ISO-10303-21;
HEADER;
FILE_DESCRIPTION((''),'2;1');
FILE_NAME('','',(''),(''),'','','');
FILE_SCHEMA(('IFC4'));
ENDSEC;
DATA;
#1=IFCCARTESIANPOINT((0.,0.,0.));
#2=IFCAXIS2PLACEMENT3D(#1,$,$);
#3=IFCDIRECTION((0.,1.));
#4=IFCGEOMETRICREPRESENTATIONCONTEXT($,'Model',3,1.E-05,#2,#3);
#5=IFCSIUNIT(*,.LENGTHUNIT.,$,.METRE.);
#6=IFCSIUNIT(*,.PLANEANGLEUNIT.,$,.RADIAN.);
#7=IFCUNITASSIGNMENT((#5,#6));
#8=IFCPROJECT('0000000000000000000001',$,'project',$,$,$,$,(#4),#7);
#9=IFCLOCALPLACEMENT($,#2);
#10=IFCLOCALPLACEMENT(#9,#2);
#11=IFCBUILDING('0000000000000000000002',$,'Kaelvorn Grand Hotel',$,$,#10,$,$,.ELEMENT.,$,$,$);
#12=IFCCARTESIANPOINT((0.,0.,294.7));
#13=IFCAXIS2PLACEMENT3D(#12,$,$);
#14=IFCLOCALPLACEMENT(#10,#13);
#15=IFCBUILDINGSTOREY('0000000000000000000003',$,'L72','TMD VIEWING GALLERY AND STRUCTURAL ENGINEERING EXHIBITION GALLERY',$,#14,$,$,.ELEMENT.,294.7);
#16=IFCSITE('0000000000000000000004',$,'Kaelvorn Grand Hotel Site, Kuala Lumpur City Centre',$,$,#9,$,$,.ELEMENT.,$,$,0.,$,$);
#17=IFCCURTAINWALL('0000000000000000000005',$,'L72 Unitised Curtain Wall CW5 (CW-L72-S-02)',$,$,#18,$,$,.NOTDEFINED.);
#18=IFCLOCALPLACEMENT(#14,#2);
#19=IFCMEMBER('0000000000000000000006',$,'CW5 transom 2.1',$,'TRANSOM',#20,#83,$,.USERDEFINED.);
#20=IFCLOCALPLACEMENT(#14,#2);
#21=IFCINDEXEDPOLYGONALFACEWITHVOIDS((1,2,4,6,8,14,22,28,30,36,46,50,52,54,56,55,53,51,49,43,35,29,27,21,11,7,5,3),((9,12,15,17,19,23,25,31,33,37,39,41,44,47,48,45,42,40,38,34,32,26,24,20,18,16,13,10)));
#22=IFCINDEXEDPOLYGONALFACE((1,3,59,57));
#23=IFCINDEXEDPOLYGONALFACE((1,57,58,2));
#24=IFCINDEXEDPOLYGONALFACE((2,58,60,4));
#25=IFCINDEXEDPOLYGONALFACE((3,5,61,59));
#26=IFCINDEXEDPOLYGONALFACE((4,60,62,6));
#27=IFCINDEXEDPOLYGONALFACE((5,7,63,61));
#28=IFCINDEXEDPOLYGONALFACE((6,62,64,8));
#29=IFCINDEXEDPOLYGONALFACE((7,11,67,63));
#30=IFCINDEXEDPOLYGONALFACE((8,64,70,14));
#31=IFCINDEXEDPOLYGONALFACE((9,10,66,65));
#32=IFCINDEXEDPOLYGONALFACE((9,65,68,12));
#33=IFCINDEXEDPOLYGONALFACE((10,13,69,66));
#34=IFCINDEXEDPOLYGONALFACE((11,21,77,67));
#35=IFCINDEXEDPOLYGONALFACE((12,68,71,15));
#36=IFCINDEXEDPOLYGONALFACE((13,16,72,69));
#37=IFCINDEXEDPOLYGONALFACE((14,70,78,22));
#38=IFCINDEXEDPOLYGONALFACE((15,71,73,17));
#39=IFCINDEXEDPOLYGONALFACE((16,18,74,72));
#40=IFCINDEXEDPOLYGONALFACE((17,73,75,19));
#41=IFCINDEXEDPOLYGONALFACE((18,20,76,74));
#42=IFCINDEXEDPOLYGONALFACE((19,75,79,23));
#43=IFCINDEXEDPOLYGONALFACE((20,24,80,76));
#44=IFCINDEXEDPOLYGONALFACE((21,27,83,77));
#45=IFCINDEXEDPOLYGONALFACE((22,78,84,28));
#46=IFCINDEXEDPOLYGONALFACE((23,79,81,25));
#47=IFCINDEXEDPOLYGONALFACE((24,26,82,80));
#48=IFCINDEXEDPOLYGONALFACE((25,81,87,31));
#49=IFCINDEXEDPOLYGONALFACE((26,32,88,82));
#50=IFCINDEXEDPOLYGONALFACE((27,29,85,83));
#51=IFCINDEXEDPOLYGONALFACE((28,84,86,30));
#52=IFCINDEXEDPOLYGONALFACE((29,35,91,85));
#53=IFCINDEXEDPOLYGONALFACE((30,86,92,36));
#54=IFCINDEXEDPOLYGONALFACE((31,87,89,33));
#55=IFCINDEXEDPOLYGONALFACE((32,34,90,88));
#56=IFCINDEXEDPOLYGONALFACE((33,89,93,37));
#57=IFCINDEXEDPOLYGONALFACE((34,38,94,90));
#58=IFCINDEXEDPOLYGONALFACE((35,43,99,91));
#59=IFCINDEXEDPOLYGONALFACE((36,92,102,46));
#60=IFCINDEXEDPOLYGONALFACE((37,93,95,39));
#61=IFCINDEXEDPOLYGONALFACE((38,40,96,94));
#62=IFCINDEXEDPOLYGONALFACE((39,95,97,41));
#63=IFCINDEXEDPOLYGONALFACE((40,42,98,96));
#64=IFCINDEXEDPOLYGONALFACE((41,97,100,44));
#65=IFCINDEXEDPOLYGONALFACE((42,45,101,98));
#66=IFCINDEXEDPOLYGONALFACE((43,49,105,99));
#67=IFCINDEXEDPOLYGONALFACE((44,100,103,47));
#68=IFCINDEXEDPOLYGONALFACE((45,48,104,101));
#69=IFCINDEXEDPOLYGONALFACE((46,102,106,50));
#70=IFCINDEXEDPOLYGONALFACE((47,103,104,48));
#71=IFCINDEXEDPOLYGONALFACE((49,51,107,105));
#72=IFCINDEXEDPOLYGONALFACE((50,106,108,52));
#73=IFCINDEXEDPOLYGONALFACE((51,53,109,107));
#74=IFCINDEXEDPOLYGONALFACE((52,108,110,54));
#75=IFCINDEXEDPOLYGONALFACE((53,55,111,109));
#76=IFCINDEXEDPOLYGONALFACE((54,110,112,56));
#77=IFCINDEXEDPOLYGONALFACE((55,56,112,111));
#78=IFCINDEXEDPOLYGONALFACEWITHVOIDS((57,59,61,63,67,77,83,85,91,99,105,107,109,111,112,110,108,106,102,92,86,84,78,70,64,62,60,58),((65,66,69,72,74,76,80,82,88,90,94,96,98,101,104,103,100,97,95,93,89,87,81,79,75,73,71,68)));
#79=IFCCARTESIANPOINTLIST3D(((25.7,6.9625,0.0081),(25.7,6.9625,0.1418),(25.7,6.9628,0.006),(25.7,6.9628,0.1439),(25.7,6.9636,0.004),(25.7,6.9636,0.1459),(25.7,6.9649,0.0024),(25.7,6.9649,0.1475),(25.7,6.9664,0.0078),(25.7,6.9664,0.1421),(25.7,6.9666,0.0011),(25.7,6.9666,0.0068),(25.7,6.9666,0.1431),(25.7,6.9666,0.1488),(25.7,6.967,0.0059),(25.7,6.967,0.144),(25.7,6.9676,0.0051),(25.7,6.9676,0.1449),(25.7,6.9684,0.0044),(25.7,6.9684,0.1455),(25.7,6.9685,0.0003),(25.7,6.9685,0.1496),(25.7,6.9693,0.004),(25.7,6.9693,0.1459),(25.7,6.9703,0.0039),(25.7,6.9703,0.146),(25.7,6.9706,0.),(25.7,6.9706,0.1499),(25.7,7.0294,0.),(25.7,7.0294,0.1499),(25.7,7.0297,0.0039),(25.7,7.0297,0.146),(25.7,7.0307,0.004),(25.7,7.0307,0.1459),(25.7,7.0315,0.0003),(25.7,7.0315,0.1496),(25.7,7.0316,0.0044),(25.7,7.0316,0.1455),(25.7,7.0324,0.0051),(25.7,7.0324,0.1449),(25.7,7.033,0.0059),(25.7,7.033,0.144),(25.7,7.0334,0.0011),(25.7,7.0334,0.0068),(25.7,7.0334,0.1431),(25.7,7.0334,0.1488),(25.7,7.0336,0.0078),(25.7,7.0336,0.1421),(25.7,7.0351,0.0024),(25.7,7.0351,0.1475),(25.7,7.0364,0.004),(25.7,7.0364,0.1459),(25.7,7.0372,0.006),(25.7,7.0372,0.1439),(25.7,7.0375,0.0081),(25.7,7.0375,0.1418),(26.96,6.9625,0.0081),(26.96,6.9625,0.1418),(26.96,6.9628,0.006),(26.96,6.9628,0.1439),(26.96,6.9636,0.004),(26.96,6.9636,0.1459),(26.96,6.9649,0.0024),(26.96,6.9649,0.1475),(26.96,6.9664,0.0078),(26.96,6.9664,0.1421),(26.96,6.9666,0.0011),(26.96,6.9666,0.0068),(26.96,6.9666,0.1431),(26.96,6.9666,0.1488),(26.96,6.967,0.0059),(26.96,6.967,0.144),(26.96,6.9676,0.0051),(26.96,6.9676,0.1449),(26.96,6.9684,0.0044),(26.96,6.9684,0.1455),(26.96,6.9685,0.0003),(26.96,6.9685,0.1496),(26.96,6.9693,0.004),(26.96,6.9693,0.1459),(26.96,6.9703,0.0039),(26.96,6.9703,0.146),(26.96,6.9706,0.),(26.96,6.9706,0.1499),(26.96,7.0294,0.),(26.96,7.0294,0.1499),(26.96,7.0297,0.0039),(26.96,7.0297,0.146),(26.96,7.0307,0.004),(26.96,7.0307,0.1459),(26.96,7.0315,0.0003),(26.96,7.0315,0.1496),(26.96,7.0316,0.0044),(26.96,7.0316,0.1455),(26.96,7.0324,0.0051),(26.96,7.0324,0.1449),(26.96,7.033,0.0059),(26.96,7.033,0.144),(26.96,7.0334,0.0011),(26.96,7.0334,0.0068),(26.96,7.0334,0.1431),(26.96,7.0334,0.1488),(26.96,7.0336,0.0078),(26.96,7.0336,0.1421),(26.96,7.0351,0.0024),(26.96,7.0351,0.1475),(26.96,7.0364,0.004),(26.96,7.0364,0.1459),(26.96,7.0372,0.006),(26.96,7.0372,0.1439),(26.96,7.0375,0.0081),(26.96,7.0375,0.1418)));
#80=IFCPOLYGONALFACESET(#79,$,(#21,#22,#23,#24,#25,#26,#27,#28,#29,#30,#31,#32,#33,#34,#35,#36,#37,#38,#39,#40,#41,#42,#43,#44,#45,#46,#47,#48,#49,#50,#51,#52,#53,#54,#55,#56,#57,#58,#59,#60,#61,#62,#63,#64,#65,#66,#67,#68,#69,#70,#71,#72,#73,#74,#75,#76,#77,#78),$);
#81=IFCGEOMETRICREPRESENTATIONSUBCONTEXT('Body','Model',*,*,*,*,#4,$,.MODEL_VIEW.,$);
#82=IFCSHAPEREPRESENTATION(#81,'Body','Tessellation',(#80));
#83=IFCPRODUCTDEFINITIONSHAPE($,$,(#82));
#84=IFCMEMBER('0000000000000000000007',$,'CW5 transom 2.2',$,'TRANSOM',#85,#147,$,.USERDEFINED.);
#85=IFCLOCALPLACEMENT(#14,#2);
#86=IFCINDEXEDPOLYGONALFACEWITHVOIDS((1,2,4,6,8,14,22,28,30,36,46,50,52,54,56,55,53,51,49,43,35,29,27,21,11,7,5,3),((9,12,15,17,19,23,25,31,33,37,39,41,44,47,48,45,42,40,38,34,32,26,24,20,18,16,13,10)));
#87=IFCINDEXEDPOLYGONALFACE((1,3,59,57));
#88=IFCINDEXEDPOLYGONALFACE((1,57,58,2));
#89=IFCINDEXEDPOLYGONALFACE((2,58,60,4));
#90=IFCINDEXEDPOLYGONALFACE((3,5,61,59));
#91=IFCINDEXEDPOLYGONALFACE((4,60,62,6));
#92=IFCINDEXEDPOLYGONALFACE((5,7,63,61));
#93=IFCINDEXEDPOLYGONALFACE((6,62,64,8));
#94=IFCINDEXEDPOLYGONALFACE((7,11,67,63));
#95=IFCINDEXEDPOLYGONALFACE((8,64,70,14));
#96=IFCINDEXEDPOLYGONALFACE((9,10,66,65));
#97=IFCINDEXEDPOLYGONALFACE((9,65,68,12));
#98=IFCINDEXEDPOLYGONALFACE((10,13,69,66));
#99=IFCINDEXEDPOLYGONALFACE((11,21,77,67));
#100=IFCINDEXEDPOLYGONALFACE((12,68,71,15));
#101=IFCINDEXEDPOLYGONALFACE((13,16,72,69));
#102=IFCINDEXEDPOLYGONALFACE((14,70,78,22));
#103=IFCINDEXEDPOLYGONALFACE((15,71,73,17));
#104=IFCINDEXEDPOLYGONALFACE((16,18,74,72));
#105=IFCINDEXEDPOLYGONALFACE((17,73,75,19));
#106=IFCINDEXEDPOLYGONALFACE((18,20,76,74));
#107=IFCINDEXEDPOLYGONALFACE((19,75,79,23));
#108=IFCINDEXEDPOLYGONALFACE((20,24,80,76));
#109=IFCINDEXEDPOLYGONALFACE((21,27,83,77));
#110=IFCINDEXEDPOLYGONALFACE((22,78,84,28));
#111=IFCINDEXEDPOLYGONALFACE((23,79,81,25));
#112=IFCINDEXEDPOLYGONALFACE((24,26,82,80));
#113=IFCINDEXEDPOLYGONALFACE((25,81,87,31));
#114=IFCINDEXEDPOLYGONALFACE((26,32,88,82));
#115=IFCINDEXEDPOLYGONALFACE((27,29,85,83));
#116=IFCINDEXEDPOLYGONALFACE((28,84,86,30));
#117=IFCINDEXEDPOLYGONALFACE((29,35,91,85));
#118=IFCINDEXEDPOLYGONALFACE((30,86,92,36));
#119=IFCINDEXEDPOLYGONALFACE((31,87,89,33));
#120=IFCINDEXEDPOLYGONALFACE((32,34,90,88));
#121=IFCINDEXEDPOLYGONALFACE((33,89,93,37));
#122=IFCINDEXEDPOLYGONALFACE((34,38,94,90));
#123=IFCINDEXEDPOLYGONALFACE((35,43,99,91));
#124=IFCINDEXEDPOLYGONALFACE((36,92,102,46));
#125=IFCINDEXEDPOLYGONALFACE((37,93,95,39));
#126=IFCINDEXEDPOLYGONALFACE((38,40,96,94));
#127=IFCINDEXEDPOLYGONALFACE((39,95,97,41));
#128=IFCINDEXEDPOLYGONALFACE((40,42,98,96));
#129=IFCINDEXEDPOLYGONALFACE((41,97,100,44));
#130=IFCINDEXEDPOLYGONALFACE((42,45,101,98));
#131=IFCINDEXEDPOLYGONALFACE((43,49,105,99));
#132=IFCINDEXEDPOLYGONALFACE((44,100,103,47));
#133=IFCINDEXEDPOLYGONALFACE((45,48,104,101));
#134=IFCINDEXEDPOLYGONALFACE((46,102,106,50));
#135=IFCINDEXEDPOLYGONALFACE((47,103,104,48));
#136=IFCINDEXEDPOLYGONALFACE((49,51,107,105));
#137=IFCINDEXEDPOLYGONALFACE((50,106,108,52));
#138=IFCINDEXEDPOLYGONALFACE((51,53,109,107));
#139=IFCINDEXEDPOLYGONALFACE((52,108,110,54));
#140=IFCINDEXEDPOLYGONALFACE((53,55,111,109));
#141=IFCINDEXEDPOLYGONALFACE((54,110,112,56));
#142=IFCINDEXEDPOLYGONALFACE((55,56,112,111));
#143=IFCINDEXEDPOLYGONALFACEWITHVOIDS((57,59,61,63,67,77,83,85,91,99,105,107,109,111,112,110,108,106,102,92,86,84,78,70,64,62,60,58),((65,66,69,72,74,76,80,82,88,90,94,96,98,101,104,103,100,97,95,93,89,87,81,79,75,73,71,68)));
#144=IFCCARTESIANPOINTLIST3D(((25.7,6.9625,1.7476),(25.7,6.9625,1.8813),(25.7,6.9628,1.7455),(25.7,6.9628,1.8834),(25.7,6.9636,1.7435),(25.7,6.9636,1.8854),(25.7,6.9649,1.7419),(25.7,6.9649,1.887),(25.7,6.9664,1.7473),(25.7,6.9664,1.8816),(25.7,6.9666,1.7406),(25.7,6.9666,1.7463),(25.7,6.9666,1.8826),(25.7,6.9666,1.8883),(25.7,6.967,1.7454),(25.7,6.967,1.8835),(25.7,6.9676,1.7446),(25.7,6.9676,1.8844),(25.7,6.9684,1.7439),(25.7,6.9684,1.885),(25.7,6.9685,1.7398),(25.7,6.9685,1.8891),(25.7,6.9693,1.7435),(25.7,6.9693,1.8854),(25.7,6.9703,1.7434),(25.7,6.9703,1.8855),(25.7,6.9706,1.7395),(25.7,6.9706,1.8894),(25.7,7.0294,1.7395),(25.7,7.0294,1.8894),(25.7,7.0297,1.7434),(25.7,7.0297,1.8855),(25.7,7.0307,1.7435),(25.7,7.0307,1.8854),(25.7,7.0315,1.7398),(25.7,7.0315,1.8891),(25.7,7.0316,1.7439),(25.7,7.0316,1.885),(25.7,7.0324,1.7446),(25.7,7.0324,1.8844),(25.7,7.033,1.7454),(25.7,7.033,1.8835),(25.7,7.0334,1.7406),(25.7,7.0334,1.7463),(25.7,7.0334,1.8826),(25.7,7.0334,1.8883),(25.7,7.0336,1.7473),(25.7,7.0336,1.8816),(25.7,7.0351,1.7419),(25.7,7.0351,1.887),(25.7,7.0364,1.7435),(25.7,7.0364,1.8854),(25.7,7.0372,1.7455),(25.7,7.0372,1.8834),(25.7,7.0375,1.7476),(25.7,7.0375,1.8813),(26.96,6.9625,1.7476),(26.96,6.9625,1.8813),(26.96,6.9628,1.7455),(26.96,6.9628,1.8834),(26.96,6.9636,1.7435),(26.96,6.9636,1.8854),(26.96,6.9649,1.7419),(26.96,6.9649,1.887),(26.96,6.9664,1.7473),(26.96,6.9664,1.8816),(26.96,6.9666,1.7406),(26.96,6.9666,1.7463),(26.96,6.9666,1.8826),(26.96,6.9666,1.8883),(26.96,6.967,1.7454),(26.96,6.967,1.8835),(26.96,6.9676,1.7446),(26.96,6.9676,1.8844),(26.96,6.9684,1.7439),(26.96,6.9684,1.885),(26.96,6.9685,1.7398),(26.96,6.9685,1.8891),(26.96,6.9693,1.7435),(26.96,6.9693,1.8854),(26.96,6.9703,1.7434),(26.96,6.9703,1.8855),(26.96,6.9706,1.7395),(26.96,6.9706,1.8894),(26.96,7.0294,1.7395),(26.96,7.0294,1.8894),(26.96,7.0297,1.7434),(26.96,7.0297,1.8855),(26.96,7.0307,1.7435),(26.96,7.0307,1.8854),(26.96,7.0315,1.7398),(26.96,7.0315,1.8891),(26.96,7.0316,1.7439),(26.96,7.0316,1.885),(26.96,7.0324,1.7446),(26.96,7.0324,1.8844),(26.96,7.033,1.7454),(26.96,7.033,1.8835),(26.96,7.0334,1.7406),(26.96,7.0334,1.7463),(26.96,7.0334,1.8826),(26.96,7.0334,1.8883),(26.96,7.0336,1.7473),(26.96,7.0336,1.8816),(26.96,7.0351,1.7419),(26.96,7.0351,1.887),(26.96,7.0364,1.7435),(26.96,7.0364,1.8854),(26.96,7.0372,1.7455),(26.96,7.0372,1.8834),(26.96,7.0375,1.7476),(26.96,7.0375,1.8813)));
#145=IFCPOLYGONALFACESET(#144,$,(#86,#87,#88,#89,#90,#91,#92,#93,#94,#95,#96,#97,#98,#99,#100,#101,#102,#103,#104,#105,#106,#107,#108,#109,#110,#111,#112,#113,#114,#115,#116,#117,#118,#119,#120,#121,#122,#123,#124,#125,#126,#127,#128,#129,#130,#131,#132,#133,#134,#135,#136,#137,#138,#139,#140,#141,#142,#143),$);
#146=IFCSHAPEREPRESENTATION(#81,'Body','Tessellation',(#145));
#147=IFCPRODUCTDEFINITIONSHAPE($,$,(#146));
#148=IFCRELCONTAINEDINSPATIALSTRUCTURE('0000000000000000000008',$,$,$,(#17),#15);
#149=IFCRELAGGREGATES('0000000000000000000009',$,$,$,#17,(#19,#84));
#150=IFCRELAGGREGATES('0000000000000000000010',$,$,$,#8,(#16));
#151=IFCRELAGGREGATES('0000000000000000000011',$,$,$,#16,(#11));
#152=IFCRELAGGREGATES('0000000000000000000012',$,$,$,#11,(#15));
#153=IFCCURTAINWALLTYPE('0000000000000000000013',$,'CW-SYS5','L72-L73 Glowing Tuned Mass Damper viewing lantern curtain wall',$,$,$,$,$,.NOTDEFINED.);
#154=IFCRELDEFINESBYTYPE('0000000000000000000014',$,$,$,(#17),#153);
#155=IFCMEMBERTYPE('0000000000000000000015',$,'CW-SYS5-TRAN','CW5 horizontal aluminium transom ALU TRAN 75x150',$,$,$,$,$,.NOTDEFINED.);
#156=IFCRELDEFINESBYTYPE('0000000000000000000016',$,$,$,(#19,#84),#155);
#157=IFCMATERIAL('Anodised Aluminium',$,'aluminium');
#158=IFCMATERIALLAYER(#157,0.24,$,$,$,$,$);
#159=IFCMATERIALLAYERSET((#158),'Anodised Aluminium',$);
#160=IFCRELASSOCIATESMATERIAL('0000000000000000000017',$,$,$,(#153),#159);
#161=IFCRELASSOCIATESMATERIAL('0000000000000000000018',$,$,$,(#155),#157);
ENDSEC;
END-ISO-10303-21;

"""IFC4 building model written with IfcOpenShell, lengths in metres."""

from ifc_helpers import new_model, si_unit, direction, frame, origin, origin_2d, place, context, subcontext, project, spatial, hollow_rectangle, extrude, material, layer, layer_set, material_profile, profile_set, type_object, element, aggregate, save


model = new_model("IFC4")

# Units and contexts
model_context = context("Model", 3, precision=1e-05, world=origin(), true_north=direction((0.0, 1.0)))
body_context = subcontext(model_context, "Body", "Model", "MODEL_VIEW")
ifc_project = project(units=[si_unit("LENGTHUNIT", "METRE"), si_unit("PLANEANGLEUNIT", "RADIAN")], contexts=[model_context])

# Site, building, storey
site_placement = place(None, origin())
site = spatial("IfcSite", under=ifc_project, at=site_placement, Name="Kaelvorn Grand Hotel Site, Kuala Lumpur City Centre", CompositionType="ELEMENT", RefElevation=0.0)
building_placement = place(site_placement, origin())
building = spatial("IfcBuilding", under=site, at=building_placement, Name="Kaelvorn Grand Hotel", CompositionType="ELEMENT")
storey_placement = place(building_placement, frame((0.0, 0.0, 294.7)))
storey = spatial("IfcBuildingStorey", under=building, at=storey_placement, Name="L72", Description="TMD VIEWING GALLERY AND STRUCTURAL ENGINEERING EXHIBITION GALLERY", CompositionType="ELEMENT", Elevation=294.7)

# Curtain wall, members
ifc_material_1 = material(Name="Anodised Aluminium", Category="aluminium")
ifc_layer_1 = layer(ifc_material_1, 0.24)
ifc_layer_set_1 = layer_set([ifc_layer_1], Name="Anodised Aluminium")
curtain_wall_type = type_object("IfcCurtainWallType", Name="CW-SYS5", Description="L72-L73 Glowing Tuned Mass Damper viewing lantern curtain wall", PredefinedType="NOTDEFINED", material=ifc_layer_set_1)
curtain_wall_placement = place(storey_placement, origin())
curtain_wall = element("IfcCurtainWall", 1, at=curtain_wall_placement, inside=storey, type_object=curtain_wall_type, Name="L72 Unitised Curtain Wall CW5 (CW-L72-S-02)", PredefinedType="NOTDEFINED")
ifc_material_profile_1 = material_profile(ifc_material_1, hollow_rectangle(XDim=0.075, YDim=0.1499, WallThickness=0.0039, InnerFilletRadius=0.0039, OuterFilletRadius=0.0081, at=origin_2d()), Name="ALU TRAN 75x150")
ifc_profile_set_1 = profile_set([ifc_material_profile_1], Name="Anodised Aluminium")
member_type_1 = type_object("IfcMemberType", Name="CW-SYS5-TRAN", Description="CW5 horizontal aluminium transom ALU TRAN 75x150", PredefinedType="NOTDEFINED", material=ifc_profile_set_1)
member_1_placement = place(storey_placement, frame((25.7, 7.0, 0.075), z_axis=(1.0, 0.0, 0.0), x_axis=(0.0, 1.0, 0.0)))
member_1 = element("IfcMember", 2, at=member_1_placement, type_object=member_type_1, Name="CW5 transom 2.1", ObjectType="TRANSOM", PredefinedType="USERDEFINED", context=body_context, shape_type="SweptSolid", body=[
    extrude(hollow_rectangle(XDim=0.075, YDim=0.1499, WallThickness=0.0039, InnerFilletRadius=0.0039, OuterFilletRadius=0.0081, at=origin_2d()), origin(), (0.0, 0.0, 1.0), 1.26),
])
member_2_placement = place(storey_placement, frame((25.7, 7.0, 1.8145), z_axis=(1.0, 0.0, 0.0), x_axis=(0.0, 1.0, 0.0)))
member_2 = element("IfcMember", 3, at=member_2_placement, type_object=member_type_1, Name="CW5 transom 2.2", ObjectType="TRANSOM", PredefinedType="USERDEFINED", context=body_context, shape_type="SweptSolid", body=[
    extrude(hollow_rectangle(XDim=0.075, YDim=0.1499, WallThickness=0.0039, InnerFilletRadius=0.0039, OuterFilletRadius=0.0081, at=origin_2d()), origin(), (0.0, 0.0, 1.0), 1.26),
])
aggregate(curtain_wall, [member_1, member_2])

save(model, "model.ifc")
